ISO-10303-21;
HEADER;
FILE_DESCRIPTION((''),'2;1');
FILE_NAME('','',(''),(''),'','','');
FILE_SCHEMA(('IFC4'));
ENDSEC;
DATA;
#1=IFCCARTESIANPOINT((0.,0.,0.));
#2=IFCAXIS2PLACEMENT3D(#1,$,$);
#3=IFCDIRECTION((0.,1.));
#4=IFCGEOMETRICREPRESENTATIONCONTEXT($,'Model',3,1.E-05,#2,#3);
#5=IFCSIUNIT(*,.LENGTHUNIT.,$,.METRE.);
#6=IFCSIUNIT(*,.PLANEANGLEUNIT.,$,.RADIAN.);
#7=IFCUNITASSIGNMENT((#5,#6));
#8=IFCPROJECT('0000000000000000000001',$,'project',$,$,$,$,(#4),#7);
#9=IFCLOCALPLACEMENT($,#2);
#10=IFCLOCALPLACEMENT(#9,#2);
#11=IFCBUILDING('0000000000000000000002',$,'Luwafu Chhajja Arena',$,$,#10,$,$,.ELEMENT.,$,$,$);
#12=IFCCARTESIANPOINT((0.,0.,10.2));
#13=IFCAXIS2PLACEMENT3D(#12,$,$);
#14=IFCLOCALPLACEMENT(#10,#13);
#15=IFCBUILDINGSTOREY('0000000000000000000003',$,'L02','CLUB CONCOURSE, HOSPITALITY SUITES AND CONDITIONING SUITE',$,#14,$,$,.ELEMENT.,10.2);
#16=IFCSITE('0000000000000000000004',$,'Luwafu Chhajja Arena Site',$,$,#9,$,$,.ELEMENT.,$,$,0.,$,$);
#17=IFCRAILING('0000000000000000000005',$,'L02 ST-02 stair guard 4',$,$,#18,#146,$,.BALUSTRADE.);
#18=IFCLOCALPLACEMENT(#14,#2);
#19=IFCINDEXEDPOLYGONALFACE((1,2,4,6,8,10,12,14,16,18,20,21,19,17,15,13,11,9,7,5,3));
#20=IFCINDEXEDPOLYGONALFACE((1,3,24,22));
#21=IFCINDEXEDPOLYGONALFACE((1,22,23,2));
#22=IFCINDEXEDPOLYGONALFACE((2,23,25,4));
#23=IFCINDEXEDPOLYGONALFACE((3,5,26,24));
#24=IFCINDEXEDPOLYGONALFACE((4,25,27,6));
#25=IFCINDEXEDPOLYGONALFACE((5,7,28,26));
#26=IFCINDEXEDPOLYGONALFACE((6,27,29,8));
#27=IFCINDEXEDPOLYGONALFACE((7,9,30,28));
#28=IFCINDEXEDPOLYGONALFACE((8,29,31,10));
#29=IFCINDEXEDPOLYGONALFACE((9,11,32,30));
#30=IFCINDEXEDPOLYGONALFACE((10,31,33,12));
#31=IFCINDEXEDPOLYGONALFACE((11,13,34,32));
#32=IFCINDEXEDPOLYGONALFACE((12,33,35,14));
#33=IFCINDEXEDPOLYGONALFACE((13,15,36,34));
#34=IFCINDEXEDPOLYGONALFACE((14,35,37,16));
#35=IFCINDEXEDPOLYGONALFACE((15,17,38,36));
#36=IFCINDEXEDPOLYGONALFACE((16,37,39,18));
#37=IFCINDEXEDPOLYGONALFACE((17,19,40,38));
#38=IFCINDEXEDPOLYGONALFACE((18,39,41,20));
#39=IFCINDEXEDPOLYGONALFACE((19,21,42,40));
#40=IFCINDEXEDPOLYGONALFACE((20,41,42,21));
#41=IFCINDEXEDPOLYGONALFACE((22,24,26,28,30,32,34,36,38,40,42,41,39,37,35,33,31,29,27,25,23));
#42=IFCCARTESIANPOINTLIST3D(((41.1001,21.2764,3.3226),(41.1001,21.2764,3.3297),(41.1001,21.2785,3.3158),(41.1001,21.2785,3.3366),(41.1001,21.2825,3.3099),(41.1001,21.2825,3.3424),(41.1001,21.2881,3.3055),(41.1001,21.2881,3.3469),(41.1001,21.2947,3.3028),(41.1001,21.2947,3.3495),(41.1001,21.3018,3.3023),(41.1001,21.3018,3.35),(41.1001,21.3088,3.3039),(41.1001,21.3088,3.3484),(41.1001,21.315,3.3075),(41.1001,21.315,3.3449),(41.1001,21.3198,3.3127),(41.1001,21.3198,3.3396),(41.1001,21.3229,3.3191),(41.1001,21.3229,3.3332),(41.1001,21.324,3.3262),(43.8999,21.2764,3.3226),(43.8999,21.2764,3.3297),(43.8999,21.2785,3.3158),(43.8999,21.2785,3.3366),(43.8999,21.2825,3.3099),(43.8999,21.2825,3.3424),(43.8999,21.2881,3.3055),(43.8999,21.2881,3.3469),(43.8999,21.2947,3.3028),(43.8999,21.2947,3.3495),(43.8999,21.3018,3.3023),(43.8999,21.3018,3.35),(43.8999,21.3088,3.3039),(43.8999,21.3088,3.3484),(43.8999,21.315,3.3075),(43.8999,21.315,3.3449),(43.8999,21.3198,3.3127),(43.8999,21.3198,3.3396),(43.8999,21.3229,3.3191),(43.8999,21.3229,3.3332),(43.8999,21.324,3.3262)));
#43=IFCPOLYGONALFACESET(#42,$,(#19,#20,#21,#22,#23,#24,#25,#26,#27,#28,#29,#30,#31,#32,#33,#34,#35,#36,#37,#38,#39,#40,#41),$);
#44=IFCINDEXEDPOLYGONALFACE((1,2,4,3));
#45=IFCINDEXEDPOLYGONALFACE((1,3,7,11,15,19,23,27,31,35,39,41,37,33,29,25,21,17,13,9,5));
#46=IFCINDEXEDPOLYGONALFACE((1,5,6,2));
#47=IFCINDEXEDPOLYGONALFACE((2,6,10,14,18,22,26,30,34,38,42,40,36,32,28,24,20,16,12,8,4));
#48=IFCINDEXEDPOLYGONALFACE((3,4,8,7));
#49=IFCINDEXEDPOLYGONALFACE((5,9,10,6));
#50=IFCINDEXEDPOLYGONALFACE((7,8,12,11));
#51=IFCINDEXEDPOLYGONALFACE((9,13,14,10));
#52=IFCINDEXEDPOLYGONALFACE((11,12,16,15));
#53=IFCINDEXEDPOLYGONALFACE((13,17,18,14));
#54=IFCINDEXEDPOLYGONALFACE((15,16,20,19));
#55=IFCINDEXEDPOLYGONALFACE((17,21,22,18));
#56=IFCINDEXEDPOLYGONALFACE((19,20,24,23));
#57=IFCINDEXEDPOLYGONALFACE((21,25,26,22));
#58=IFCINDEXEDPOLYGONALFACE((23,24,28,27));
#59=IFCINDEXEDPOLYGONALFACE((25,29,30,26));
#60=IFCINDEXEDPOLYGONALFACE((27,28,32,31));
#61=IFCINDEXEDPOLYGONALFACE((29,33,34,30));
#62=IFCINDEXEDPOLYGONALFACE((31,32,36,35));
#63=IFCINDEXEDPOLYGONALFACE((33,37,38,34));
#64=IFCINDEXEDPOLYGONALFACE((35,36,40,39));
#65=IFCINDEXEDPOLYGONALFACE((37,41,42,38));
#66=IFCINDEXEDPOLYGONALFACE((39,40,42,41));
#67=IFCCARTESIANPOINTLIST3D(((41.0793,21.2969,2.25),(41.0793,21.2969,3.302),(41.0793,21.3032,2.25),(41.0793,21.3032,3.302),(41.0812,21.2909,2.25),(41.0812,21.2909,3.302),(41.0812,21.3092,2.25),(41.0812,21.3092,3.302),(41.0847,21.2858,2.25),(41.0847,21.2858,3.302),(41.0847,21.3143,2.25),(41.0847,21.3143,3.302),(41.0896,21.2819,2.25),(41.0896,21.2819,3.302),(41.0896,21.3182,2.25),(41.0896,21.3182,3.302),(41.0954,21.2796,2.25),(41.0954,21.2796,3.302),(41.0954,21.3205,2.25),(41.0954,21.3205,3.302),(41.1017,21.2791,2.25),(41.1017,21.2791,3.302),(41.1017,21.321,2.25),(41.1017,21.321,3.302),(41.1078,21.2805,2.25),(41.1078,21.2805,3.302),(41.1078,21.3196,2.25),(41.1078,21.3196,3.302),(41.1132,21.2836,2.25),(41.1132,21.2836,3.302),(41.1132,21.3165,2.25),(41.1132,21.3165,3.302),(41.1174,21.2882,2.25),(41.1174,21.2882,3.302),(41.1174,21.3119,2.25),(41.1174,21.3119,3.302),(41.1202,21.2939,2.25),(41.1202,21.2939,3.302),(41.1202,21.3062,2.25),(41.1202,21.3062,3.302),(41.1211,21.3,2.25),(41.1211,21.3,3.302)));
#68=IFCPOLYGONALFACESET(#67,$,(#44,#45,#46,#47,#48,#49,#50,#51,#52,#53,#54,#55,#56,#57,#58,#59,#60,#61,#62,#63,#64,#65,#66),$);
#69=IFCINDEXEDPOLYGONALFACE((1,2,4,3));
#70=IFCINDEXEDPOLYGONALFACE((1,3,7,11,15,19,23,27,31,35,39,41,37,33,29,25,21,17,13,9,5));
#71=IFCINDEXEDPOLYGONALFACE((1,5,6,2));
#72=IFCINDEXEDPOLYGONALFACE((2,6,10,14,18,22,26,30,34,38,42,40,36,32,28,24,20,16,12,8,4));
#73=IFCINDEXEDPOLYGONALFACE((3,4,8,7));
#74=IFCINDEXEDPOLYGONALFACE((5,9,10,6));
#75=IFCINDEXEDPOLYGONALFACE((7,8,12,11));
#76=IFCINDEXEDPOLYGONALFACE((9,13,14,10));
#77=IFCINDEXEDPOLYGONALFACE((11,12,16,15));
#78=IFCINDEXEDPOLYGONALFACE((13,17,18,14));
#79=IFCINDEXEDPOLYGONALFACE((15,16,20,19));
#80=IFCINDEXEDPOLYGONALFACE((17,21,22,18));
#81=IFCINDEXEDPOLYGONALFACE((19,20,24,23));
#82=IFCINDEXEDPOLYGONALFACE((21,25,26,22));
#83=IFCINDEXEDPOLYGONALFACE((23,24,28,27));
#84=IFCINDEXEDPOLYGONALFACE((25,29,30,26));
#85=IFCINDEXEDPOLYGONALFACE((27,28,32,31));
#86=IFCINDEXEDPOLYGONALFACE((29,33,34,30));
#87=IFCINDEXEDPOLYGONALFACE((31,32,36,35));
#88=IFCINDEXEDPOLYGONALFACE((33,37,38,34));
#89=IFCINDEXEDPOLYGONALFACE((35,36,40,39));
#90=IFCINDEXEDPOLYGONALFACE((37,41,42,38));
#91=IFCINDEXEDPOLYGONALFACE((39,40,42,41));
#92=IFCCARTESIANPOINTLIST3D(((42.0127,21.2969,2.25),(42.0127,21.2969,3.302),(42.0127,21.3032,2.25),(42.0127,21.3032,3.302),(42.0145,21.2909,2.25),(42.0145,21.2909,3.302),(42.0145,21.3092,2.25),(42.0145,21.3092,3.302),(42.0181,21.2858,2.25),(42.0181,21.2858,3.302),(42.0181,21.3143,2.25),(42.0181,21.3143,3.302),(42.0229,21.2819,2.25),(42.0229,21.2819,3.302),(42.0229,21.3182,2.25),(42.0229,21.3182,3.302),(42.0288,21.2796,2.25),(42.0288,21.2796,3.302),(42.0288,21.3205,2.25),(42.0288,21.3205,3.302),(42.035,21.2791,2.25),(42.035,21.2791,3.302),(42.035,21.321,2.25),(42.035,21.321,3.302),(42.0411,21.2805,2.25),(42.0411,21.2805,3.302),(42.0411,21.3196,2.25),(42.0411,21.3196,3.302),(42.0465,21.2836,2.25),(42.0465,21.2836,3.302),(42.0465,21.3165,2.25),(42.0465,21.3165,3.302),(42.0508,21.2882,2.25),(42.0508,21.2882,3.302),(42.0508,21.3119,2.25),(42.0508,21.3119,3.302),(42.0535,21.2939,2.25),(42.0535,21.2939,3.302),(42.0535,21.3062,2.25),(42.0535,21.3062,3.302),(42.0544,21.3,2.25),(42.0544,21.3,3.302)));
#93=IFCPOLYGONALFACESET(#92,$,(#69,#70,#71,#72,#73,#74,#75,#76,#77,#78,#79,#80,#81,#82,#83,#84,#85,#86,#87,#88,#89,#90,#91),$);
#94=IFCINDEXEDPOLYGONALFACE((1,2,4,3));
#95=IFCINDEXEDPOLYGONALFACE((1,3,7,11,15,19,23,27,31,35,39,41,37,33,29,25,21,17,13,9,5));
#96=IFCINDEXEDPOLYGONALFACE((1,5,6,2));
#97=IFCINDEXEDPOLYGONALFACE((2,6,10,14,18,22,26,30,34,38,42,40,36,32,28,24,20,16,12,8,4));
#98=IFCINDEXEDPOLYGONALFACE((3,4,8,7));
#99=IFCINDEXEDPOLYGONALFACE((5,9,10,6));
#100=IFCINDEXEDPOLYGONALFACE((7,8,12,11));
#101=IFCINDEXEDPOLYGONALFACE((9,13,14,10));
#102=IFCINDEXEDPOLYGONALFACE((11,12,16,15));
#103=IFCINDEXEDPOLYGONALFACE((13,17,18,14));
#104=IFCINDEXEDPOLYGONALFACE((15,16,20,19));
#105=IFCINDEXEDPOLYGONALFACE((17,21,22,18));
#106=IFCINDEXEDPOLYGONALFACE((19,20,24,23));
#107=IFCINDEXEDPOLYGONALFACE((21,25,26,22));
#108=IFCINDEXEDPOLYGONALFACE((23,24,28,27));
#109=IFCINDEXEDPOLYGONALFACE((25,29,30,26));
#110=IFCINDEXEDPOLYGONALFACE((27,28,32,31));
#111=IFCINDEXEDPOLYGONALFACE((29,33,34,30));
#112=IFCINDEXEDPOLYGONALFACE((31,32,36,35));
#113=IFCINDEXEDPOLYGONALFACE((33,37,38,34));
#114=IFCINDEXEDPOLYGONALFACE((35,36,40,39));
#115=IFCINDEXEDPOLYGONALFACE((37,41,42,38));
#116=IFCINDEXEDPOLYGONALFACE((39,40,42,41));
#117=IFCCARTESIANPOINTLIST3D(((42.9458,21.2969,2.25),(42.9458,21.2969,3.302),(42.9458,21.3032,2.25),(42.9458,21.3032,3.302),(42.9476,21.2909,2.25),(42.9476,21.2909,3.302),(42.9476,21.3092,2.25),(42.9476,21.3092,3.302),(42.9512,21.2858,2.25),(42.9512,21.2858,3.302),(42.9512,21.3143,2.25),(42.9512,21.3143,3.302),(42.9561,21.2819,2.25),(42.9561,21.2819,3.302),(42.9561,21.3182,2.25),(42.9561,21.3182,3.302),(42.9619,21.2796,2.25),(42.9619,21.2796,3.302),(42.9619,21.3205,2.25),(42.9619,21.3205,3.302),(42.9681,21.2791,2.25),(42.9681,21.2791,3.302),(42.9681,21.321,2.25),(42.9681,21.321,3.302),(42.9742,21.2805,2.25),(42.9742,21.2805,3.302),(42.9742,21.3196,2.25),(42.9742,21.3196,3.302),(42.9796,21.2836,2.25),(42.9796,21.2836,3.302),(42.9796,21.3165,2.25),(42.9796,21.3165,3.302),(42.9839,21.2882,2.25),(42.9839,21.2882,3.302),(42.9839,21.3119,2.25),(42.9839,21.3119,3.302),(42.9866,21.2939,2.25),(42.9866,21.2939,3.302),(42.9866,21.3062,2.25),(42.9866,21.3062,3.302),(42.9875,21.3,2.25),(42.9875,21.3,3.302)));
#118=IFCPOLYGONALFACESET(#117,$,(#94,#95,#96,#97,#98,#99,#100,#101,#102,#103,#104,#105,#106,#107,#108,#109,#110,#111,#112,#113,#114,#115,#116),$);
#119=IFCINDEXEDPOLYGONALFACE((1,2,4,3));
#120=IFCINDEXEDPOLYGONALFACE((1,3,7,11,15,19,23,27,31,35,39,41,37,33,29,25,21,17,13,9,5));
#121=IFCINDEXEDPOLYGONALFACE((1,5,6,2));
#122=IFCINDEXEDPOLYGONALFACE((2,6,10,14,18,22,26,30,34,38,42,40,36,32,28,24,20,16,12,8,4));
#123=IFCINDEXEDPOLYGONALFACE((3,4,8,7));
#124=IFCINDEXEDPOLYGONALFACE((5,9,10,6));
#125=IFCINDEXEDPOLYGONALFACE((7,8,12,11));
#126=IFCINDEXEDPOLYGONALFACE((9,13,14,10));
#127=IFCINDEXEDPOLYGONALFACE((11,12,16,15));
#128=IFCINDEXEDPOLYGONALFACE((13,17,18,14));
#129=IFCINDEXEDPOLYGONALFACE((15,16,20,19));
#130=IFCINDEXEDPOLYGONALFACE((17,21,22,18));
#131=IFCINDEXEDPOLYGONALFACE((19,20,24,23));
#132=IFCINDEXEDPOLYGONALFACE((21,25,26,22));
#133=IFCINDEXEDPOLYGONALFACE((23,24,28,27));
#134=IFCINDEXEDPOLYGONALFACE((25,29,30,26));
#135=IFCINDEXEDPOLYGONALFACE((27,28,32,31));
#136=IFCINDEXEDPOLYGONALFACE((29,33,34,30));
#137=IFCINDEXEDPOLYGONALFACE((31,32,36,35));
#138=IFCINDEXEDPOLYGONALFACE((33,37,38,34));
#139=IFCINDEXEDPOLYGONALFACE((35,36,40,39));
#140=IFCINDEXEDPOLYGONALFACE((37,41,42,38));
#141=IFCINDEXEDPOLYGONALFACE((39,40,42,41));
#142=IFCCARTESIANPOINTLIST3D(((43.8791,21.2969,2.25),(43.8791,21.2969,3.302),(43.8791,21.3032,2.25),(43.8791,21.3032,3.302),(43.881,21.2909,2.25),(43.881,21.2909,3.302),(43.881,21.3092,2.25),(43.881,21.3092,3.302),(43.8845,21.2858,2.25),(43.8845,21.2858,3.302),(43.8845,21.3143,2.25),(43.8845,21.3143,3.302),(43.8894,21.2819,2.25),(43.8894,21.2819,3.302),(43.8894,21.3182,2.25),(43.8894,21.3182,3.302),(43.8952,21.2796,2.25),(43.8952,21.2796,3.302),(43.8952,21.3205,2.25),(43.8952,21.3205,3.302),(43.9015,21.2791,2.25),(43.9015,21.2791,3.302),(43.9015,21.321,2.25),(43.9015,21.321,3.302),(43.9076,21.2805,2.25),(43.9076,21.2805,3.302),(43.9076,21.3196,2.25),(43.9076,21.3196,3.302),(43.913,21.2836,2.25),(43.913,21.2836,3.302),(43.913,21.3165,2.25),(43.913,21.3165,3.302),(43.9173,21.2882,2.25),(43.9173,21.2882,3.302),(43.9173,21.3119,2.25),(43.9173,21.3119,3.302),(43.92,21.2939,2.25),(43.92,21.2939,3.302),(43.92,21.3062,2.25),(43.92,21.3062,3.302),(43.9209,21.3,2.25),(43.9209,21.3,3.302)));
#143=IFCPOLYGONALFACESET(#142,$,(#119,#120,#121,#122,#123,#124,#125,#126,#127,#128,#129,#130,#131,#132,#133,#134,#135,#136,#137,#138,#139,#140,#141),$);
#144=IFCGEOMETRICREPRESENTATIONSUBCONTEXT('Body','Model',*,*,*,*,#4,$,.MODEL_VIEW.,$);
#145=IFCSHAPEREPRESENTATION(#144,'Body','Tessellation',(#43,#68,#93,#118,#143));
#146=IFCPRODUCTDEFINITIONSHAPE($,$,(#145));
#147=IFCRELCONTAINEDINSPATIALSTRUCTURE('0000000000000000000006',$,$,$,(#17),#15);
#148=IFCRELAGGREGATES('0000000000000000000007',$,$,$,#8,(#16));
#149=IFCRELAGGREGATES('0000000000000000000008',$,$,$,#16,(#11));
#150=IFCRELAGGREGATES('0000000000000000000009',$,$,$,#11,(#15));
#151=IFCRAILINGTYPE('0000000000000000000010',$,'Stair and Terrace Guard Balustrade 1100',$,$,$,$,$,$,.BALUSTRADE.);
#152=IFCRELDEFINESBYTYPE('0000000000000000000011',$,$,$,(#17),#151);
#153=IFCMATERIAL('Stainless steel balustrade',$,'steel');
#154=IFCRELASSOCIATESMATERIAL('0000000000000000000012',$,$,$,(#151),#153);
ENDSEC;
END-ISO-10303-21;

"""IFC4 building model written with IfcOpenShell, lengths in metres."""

from ifc_helpers import new_model, si_unit, direction, frame, origin, origin_2d, place, context, subcontext, project, spatial, circle, extrude, material, type_object, element, save


model = new_model("IFC4")

# Units and contexts
model_context = context("Model", 3, precision=1e-05, world=origin(), true_north=direction((0.0, 1.0)))
body_context = subcontext(model_context, "Body", "Model", "MODEL_VIEW")
ifc_project = project(units=[si_unit("LENGTHUNIT", "METRE"), si_unit("PLANEANGLEUNIT", "RADIAN")], contexts=[model_context])

# Site, building, storey
site_placement = place(None, origin())
site = spatial("IfcSite", under=ifc_project, at=site_placement, Name="Luwafu Chhajja Arena Site", CompositionType="ELEMENT", RefElevation=0.0)
building_placement = place(site_placement, origin())
building = spatial("IfcBuilding", under=site, at=building_placement, Name="Luwafu Chhajja Arena", CompositionType="ELEMENT")
storey_placement = place(building_placement, frame((0.0, 0.0, 10.2)))
storey = spatial("IfcBuildingStorey", under=building, at=storey_placement, Name="L02", Description="CLUB CONCOURSE, HOSPITALITY SUITES AND CONDITIONING SUITE", CompositionType="ELEMENT", Elevation=10.2)

# Railing
ifc_material_1 = material(Name="Stainless steel balustrade", Category="steel")
railing_type_1 = type_object("IfcRailingType", Name="Stair and Terrace Guard Balustrade 1100", PredefinedType="BALUSTRADE", material=ifc_material_1)
for number, where, name in (
    (1, (41.1001, 21.3, 2.25), "L02 ST-02 stair guard 4"),
):
    element("IfcRailing", number, at=place(storey_placement, frame(where)), inside=storey, type_object=railing_type_1, Name=name, PredefinedType="BALUSTRADE", context=body_context, shape_type="SweptSolid", body=[
        extrude(circle(Radius=0.0239, at=origin_2d()), frame((0.0, 0.0, 1.0762), z_axis=(1.0, 0.0, 0.0), x_axis=(0.0, 1.0, 0.0)), (0.0, 0.0, 1.0), 2.7998),
        extrude(circle(Radius=0.021, at=origin_2d()), origin(), (0.0, 0.0, 1.0), 1.052),
        extrude(circle(Radius=0.021, at=origin_2d()), frame((0.9333, 0.0, 0.0)), (0.0, 0.0, 1.0), 1.052),
        extrude(circle(Radius=0.021, at=origin_2d()), frame((1.8665, 0.0, 0.0)), (0.0, 0.0, 1.0), 1.052),
        extrude(circle(Radius=0.021, at=origin_2d()), frame((2.7998, 0.0, 0.0)), (0.0, 0.0, 1.0), 1.052),
    ])

save(model, "model.ifc")
